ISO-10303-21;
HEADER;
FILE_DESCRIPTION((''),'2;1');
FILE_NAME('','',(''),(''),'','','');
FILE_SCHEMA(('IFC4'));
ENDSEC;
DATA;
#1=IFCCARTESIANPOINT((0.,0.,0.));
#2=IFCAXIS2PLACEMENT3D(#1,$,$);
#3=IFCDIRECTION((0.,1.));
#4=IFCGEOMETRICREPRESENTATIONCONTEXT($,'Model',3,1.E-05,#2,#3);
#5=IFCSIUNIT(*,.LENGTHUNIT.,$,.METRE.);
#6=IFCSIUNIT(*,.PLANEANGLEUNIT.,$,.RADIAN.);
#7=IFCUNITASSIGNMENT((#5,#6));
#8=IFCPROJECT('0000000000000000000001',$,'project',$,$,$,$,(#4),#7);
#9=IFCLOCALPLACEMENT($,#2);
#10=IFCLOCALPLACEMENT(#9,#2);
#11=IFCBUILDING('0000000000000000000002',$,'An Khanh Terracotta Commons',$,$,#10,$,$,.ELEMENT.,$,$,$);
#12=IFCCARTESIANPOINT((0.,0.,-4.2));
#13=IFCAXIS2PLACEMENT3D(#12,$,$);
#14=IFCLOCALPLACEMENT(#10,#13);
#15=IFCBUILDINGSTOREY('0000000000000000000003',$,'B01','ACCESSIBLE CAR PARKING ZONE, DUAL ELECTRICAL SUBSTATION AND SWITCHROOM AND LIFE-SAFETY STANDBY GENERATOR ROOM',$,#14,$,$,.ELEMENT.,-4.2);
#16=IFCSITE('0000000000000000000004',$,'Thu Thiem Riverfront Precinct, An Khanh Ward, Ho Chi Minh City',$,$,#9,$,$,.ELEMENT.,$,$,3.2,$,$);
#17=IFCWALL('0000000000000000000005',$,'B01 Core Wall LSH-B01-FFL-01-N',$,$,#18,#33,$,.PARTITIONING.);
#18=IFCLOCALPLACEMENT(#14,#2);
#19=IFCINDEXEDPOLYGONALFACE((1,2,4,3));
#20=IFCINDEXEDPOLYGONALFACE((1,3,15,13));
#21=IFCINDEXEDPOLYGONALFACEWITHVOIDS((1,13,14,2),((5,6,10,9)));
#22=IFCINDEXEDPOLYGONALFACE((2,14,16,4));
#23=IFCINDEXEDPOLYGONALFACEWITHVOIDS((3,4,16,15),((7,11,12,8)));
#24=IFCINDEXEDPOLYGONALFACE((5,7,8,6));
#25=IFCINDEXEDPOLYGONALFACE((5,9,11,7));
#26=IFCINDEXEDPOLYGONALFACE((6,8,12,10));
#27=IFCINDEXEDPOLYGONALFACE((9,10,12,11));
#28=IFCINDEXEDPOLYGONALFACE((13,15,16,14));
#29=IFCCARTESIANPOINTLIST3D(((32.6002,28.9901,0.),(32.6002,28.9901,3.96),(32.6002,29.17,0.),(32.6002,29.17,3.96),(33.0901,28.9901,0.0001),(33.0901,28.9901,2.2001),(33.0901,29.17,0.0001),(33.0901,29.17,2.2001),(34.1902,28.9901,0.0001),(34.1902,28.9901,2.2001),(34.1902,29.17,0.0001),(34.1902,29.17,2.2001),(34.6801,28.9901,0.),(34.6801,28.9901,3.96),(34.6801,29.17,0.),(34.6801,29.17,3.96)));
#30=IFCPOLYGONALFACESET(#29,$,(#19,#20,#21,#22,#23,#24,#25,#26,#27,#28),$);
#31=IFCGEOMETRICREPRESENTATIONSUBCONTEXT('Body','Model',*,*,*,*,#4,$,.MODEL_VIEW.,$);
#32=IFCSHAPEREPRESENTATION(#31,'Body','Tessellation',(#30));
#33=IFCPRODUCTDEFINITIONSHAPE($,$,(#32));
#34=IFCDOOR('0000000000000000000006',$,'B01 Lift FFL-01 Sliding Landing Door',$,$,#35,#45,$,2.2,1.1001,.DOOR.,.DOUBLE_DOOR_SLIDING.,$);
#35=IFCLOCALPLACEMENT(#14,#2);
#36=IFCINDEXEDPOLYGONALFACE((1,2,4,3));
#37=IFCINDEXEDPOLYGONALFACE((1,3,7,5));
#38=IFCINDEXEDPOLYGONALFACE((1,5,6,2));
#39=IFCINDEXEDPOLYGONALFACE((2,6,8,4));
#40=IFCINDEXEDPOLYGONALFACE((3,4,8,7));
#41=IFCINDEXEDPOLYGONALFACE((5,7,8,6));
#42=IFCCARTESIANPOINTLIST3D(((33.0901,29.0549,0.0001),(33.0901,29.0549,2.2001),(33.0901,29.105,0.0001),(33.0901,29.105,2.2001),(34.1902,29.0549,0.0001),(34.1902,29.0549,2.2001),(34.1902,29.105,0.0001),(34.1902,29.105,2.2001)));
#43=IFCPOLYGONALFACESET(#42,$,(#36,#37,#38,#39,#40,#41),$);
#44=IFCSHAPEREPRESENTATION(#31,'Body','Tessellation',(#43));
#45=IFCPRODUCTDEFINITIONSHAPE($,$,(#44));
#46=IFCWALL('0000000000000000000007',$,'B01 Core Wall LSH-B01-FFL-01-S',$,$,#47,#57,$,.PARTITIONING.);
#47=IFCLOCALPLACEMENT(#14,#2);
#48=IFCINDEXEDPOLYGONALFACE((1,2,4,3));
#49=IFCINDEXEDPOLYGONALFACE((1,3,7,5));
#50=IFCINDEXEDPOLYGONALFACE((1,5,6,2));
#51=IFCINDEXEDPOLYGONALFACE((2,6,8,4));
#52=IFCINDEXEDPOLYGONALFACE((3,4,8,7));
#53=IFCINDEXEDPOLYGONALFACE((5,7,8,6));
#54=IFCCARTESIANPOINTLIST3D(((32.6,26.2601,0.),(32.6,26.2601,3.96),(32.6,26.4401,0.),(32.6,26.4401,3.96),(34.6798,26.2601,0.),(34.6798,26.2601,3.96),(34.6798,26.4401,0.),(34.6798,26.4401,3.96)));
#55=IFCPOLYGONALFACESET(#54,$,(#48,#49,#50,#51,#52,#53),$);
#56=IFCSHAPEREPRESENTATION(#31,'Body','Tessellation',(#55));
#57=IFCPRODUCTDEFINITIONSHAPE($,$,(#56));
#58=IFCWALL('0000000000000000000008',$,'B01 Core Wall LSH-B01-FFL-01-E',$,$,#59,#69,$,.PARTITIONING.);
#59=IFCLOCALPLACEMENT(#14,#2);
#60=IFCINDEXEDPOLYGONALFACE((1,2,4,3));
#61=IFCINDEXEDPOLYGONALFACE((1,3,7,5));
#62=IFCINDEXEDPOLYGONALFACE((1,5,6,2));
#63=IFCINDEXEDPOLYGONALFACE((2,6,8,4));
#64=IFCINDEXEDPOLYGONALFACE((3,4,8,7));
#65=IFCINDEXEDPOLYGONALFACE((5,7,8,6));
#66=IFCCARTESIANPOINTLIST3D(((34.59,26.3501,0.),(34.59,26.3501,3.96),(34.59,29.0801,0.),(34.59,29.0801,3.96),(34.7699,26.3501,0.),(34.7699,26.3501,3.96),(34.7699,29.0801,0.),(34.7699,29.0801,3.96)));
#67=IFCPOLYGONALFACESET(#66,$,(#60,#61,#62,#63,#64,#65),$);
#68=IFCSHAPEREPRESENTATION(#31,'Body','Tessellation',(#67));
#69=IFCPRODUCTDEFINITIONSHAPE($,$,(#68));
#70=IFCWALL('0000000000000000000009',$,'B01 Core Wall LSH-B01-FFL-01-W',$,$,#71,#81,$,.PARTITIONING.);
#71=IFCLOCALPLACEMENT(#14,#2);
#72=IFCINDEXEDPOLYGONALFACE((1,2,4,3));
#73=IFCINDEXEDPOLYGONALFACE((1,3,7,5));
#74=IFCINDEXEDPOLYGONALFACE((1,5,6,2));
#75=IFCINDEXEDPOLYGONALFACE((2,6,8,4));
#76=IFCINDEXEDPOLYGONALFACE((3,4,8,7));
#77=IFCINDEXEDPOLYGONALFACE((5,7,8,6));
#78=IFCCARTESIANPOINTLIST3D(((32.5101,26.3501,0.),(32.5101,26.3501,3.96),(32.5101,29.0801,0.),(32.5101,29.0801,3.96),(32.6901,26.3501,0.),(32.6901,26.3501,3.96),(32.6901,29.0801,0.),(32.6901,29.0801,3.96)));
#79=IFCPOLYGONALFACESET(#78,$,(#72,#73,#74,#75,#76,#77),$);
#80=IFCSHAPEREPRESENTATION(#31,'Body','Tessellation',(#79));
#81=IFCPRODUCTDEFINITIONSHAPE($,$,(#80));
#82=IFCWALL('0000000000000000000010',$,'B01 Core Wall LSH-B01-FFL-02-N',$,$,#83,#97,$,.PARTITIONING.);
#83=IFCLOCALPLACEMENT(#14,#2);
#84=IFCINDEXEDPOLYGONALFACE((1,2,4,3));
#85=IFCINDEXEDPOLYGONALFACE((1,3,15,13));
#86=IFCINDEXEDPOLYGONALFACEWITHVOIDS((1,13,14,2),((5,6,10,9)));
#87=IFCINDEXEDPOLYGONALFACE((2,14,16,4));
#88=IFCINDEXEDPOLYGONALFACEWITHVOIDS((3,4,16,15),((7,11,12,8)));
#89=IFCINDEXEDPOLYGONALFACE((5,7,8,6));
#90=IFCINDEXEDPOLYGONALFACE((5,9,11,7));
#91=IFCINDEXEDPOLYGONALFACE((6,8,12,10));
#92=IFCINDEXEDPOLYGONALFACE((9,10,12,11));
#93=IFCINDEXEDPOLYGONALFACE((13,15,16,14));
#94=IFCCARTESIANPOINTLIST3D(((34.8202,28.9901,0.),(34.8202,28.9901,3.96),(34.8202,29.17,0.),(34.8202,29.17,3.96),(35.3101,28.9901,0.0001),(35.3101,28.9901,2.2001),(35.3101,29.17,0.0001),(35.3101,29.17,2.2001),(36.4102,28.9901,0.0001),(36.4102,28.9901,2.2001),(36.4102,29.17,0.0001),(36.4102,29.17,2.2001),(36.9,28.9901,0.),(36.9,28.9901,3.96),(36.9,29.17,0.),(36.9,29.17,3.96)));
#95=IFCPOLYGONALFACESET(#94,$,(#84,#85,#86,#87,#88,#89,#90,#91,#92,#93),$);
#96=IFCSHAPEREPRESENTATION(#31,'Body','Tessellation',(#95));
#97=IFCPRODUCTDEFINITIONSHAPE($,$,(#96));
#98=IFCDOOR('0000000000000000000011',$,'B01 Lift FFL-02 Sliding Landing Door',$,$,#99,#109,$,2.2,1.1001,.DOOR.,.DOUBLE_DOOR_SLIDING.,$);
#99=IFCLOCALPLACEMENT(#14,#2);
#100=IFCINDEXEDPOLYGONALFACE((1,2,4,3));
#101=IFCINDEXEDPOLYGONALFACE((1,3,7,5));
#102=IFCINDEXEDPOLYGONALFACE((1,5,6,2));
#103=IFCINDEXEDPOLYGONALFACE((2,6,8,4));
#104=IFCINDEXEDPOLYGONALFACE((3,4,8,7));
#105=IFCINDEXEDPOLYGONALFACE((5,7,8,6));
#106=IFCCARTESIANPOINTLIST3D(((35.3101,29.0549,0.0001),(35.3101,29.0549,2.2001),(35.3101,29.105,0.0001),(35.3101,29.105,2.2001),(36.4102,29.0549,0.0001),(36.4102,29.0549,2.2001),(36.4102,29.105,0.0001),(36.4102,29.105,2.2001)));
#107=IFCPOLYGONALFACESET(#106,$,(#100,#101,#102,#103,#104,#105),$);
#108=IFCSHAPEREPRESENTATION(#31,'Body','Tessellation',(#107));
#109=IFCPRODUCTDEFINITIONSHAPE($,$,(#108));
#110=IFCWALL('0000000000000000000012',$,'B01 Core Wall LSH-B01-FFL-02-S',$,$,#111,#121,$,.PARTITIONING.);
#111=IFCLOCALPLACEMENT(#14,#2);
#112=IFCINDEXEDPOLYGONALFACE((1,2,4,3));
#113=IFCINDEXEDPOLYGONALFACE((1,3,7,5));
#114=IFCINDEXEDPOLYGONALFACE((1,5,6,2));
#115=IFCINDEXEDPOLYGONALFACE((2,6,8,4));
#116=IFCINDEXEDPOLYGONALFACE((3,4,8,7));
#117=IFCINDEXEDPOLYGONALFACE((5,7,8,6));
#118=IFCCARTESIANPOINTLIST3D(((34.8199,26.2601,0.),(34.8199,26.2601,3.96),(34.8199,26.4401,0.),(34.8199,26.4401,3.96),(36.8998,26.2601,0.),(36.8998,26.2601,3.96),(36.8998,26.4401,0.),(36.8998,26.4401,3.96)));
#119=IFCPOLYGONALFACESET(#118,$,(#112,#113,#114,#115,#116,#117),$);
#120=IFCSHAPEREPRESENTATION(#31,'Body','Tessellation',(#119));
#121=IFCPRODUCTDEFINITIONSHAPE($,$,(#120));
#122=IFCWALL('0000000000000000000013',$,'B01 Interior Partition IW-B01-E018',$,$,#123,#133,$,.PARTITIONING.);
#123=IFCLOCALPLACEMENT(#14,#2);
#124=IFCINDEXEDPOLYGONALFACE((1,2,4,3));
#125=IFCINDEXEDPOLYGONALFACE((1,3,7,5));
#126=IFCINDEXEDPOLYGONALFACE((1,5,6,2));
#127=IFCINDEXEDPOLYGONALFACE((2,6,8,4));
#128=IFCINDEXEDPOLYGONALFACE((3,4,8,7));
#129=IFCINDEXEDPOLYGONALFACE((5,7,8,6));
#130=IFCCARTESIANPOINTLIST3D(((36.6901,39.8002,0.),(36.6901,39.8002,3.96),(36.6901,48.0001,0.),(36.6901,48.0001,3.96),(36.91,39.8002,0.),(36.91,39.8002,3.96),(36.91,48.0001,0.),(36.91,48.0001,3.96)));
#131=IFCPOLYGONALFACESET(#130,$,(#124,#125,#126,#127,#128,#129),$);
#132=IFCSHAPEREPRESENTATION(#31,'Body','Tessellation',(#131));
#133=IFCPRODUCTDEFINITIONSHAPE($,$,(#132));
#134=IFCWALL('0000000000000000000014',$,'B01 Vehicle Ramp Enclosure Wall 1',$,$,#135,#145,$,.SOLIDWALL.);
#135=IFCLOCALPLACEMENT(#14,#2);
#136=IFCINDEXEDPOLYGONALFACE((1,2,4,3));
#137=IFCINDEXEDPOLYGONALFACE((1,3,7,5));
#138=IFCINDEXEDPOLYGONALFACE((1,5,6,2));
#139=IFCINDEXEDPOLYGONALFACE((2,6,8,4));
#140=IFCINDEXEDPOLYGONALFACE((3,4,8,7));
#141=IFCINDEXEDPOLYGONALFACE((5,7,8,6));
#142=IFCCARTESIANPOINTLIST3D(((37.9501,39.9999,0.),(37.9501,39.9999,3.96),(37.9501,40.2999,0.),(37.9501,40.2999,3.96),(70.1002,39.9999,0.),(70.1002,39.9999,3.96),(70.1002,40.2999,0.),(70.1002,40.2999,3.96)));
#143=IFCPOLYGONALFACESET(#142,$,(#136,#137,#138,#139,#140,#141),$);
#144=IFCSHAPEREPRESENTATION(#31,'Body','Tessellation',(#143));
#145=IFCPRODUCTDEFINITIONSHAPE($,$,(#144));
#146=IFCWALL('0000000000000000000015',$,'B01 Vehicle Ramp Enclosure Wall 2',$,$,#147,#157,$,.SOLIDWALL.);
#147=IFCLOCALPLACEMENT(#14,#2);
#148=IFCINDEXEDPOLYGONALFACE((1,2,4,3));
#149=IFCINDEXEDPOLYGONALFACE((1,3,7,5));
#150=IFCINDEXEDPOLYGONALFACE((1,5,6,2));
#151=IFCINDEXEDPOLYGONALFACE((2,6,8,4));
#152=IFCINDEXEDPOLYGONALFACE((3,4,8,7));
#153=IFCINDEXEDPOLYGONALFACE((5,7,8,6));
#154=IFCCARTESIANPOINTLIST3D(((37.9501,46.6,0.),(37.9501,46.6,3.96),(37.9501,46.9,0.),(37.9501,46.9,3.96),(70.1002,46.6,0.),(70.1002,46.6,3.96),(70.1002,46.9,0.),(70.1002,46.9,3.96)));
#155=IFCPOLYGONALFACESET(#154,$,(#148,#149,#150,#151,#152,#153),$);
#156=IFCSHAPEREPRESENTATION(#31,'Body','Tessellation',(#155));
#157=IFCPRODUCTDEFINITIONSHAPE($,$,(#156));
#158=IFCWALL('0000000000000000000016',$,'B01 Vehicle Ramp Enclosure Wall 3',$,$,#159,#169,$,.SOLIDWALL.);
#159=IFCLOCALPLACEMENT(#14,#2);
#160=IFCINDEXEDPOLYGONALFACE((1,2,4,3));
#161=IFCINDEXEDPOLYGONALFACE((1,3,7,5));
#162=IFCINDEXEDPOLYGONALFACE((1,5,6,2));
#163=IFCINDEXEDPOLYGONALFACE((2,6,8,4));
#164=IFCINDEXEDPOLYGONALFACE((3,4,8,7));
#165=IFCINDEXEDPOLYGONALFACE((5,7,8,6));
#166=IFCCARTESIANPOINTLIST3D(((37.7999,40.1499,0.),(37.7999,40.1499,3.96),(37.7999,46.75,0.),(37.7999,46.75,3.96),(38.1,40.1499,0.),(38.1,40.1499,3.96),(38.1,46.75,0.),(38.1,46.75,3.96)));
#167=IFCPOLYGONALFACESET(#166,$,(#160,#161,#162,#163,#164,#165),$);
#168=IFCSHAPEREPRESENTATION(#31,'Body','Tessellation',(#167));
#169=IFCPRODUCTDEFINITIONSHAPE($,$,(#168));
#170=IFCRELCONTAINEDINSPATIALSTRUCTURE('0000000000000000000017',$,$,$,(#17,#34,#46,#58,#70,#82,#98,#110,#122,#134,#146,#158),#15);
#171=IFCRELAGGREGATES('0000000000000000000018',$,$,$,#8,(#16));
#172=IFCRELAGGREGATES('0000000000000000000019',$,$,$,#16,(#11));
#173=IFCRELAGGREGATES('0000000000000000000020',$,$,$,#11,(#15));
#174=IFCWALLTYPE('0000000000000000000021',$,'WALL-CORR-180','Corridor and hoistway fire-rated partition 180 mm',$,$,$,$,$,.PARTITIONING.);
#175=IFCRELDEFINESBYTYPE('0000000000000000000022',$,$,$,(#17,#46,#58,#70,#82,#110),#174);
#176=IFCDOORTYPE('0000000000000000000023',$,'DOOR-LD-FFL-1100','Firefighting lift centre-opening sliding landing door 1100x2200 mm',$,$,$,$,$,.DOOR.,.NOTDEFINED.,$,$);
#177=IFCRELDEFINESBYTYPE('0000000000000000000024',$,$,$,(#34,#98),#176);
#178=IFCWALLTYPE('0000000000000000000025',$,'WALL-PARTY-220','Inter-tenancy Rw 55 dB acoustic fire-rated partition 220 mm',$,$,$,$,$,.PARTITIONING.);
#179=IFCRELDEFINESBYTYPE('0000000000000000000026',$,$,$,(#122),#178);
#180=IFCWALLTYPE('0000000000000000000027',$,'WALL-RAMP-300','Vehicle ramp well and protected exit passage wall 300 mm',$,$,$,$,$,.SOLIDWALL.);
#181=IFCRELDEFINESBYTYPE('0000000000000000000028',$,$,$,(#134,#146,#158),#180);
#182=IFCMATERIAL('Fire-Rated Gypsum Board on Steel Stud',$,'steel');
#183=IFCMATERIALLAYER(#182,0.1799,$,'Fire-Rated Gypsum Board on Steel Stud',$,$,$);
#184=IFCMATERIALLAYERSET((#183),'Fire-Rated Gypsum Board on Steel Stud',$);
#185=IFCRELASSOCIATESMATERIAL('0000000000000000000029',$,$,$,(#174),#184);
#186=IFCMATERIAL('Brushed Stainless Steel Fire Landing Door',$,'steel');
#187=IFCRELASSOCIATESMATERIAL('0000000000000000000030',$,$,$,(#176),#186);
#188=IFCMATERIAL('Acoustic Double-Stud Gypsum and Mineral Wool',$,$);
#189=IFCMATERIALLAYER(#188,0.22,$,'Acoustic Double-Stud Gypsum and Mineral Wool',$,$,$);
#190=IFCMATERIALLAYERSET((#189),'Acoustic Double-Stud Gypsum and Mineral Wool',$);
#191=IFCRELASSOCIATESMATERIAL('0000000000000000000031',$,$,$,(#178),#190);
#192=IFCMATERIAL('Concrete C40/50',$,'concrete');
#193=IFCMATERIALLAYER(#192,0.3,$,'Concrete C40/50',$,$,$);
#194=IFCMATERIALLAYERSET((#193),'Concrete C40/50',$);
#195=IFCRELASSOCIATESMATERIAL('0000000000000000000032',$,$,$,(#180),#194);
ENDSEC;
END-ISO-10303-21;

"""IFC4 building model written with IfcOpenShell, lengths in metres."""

from ifc_helpers import new_model, si_unit, direction, frame, frame_2d, origin, place, context, subcontext, project, spatial, rectangle, extrude, material, layer, layer_set, type_object, element, fill, save


model = new_model("IFC4")

# Units and contexts
model_context = context("Model", 3, precision=1e-05, world=origin(), true_north=direction((0.0, 1.0)))
body_context = subcontext(model_context, "Body", "Model", "MODEL_VIEW")
ifc_project = project(units=[si_unit("LENGTHUNIT", "METRE"), si_unit("PLANEANGLEUNIT", "RADIAN")], contexts=[model_context])

# Site, building, storey
site_placement = place(None, origin())
site = spatial("IfcSite", under=ifc_project, at=site_placement, Name="Thu Thiem Riverfront Precinct, An Khanh Ward, Ho Chi Minh City", CompositionType="ELEMENT", RefElevation=3.2)
building_placement = place(site_placement, origin())
building = spatial("IfcBuilding", under=site, at=building_placement, Name="An Khanh Terracotta Commons", CompositionType="ELEMENT")
storey_placement = place(building_placement, frame((0.0, 0.0, -4.2)))
storey = spatial("IfcBuildingStorey", under=building, at=storey_placement, Name="B01", Description="ACCESSIBLE CAR PARKING ZONE, DUAL ELECTRICAL SUBSTATION AND SWITCHROOM AND LIFE-SAFETY STANDBY GENERATOR ROOM", CompositionType="ELEMENT", Elevation=-4.2)

# Shared definitions
ifc_material_1 = material(Name="Fire-Rated Gypsum Board on Steel Stud", Category="steel")
ifc_layer_1 = layer(ifc_material_1, 0.1799, Name="Fire-Rated Gypsum Board on Steel Stud")
ifc_layer_set_1 = layer_set([ifc_layer_1], Name="Fire-Rated Gypsum Board on Steel Stud")
wall_type_1 = type_object("IfcWallType", Name="WALL-CORR-180", Description="Corridor and hoistway fire-rated partition 180 mm", PredefinedType="PARTITIONING", material=ifc_layer_set_1)

# Wall, opening, door
wall_1_placement = place(storey_placement, frame((32.6001, 29.0801, 0.0), z_axis=(0.0, 0.0, 1.0), x_axis=(1.0, 0.0, 0.0)))
wall_1 = element("IfcWall", 1, at=wall_1_placement, inside=storey, type_object=wall_type_1, Name="B01 Core Wall LSH-B01-FFL-01-N", PredefinedType="PARTITIONING", context=body_context, shape_type="SweptSolid", body=[
    extrude(rectangle(XDim=2.0798, YDim=0.1799, at=frame_2d((1.04, 0.0))), origin(), (0.0, 0.0, 1.0), 3.96),
])
opening_1_placement = place(wall_1_placement, frame((0.49, 0.0, 0.0)))
opening_1 = element("IfcOpeningElement", 2, at=opening_1_placement, cuts=wall_1, PredefinedType="OPENING", context=body_context, shape_type="SweptSolid", body=[
    extrude(rectangle(XDim=1.1001, YDim=2.2, at=frame_2d((0.55, 1.1001))), frame((0.0, 0.0999, 0.0), z_axis=(0.0, -1.0, 0.0), x_axis=(1.0, 0.0, 0.0)), (0.0, 0.0, 1.0), 0.2),
])
ifc_material_2 = material(Name="Brushed Stainless Steel Fire Landing Door", Category="steel")
door_type_1 = type_object("IfcDoorType", Name="DOOR-LD-FFL-1100", Description="Firefighting lift centre-opening sliding landing door 1100x2200 mm", OperationType="NOTDEFINED", PredefinedType="DOOR", material=ifc_material_2)
door_1_placement = place(opening_1_placement, origin())
door_1 = element("IfcDoor", 3, at=door_1_placement, inside=storey, type_object=door_type_1, Name="B01 Lift FFL-01 Sliding Landing Door", OperationType="DOUBLE_DOOR_SLIDING", OverallHeight=2.2, OverallWidth=1.1001, PredefinedType="DOOR", context=body_context, shape_type="SweptSolid", body=[
    extrude(rectangle(XDim=1.1001, YDim=2.2, at=frame_2d((0.55, 1.1001))), frame((0.0, 0.0249, 0.0), z_axis=(0.0, -1.0, 0.0), x_axis=(1.0, 0.0, 0.0)), (0.0, 0.0, 1.0), 0.05),
])
fill(opening_1, door_1)

# Walls
wall_2_placement = place(storey_placement, frame((34.6799, 26.3501, 0.0), z_axis=(0.0, 0.0, 1.0), x_axis=(-1.0, 0.0, 0.0)))
element("IfcWall", 4, at=wall_2_placement, inside=storey, type_object=wall_type_1, Name="B01 Core Wall LSH-B01-FFL-01-S", PredefinedType="PARTITIONING", context=body_context, shape_type="SweptSolid", body=[
    extrude(rectangle(XDim=2.0798, YDim=0.1799, at=frame_2d((1.04, 0.0))), origin(), (0.0, 0.0, 1.0), 3.96),
])
for number, where, z_axis, x_axis, name in (
    (5, (34.6799, 26.3501, 0.0), (0.0, 0.0, 1.0), (0.0, 1.0, 0.0), "B01 Core Wall LSH-B01-FFL-01-E"),
    (6, (32.6001, 29.0801, 0.0), (0.0, 0.0, 1.0), (0.0, -1.0, 0.0), "B01 Core Wall LSH-B01-FFL-01-W"),
):
    element("IfcWall", number, at=place(storey_placement, frame(where, z_axis=z_axis, x_axis=x_axis)), inside=storey, type_object=wall_type_1, Name=name, PredefinedType="PARTITIONING", context=body_context, shape_type="SweptSolid", body=[
        extrude(rectangle(XDim=2.73, YDim=0.1799, at=frame_2d((1.365, 0.0))), origin(), (0.0, 0.0, 1.0), 3.96),
    ])

# Wall, opening, door
wall_3_placement = place(storey_placement, frame((34.8201, 29.0801, 0.0), z_axis=(0.0, 0.0, 1.0), x_axis=(1.0, 0.0, 0.0)))
wall_3 = element("IfcWall", 7, at=wall_3_placement, inside=storey, type_object=wall_type_1, Name="B01 Core Wall LSH-B01-FFL-02-N", PredefinedType="PARTITIONING", context=body_context, shape_type="SweptSolid", body=[
    extrude(rectangle(XDim=2.0798, YDim=0.1799, at=frame_2d((1.04, 0.0))), origin(), (0.0, 0.0, 1.0), 3.96),
])
opening_2_placement = place(wall_3_placement, frame((0.49, 0.0, 0.0)))
opening_2 = element("IfcOpeningElement", 8, at=opening_2_placement, cuts=wall_3, PredefinedType="OPENING", context=body_context, shape_type="SweptSolid", body=[
    extrude(rectangle(XDim=1.1001, YDim=2.2, at=frame_2d((0.55, 1.1001))), frame((0.0, 0.0999, 0.0), z_axis=(0.0, -1.0, 0.0), x_axis=(1.0, 0.0, 0.0)), (0.0, 0.0, 1.0), 0.2),
])
door_2_placement = place(opening_2_placement, origin())
door_2 = element("IfcDoor", 9, at=door_2_placement, inside=storey, type_object=door_type_1, Name="B01 Lift FFL-02 Sliding Landing Door", OperationType="DOUBLE_DOOR_SLIDING", OverallHeight=2.2, OverallWidth=1.1001, PredefinedType="DOOR", context=body_context, shape_type="SweptSolid", body=[
    extrude(rectangle(XDim=1.1001, YDim=2.2, at=frame_2d((0.55, 1.1001))), frame((0.0, 0.0249, 0.0), z_axis=(0.0, -1.0, 0.0), x_axis=(1.0, 0.0, 0.0)), (0.0, 0.0, 1.0), 0.05),
])
fill(opening_2, door_2)

# Walls
wall_4_placement = place(storey_placement, frame((36.8999, 26.3501, 0.0), z_axis=(0.0, 0.0, 1.0), x_axis=(-1.0, 0.0, 0.0)))
element("IfcWall", 10, at=wall_4_placement, inside=storey, type_object=wall_type_1, Name="B01 Core Wall LSH-B01-FFL-02-S", PredefinedType="PARTITIONING", context=body_context, shape_type="SweptSolid", body=[
    extrude(rectangle(XDim=2.0798, YDim=0.1799, at=frame_2d((1.04, 0.0))), origin(), (0.0, 0.0, 1.0), 3.96),
])
ifc_material_3 = material(Name="Acoustic Double-Stud Gypsum and Mineral Wool")
ifc_layer_2 = layer(ifc_material_3, 0.22, Name="Acoustic Double-Stud Gypsum and Mineral Wool")
ifc_layer_set_2 = layer_set([ifc_layer_2], Name="Acoustic Double-Stud Gypsum and Mineral Wool")
wall_type_2 = type_object("IfcWallType", Name="WALL-PARTY-220", Description="Inter-tenancy Rw 55 dB acoustic fire-rated partition 220 mm", PredefinedType="PARTITIONING", material=ifc_layer_set_2)
wall_5_placement = place(storey_placement, frame((36.8, 39.8, 0.0), z_axis=(0.0, 0.0, 1.0), x_axis=(0.0, 1.0, 0.0)))
element("IfcWall", 11, at=wall_5_placement, inside=storey, type_object=wall_type_2, Name="B01 Interior Partition IW-B01-E018", PredefinedType="PARTITIONING", context=body_context, shape_type="SweptSolid", body=[
    extrude(rectangle(XDim=8.2, YDim=0.22, at=frame_2d((4.1001, 0.0))), origin(), (0.0, 0.0, 1.0), 3.96),
])
ifc_material_4 = material(Name="Concrete C40/50", Category="concrete")
ifc_layer_3 = layer(ifc_material_4, 0.3, Name="Concrete C40/50")
ifc_layer_set_3 = layer_set([ifc_layer_3], Name="Concrete C40/50")
wall_type_3 = type_object("IfcWallType", Name="WALL-RAMP-300", Description="Vehicle ramp well and protected exit passage wall 300 mm", PredefinedType="SOLIDWALL", material=ifc_layer_set_3)
for number, where, z_axis, x_axis, name in (
    (12, (37.95, 40.1499, 0.0), (0.0, 0.0, 1.0), (1.0, 0.0, 0.0), "B01 Vehicle Ramp Enclosure Wall 1"),
    (13, (37.95, 46.75, 0.0), (0.0, 0.0, 1.0), (1.0, 0.0, 0.0), "B01 Vehicle Ramp Enclosure Wall 2"),
):
    element("IfcWall", number, at=place(storey_placement, frame(where, z_axis=z_axis, x_axis=x_axis)), inside=storey, type_object=wall_type_3, Name=name, PredefinedType="SOLIDWALL", context=body_context, shape_type="SweptSolid", body=[
        extrude(rectangle(XDim=32.1501, YDim=0.3, at=frame_2d((16.0752, 0.0))), origin(), (0.0, 0.0, 1.0), 3.96),
    ])
wall_6_placement = place(storey_placement, frame((37.95, 40.1499, 0.0), z_axis=(0.0, 0.0, 1.0), x_axis=(0.0, 1.0, 0.0)))
element("IfcWall", 14, at=wall_6_placement, inside=storey, type_object=wall_type_3, Name="B01 Vehicle Ramp Enclosure Wall 3", PredefinedType="SOLIDWALL", context=body_context, shape_type="SweptSolid", body=[
    extrude(rectangle(XDim=6.6001, YDim=0.3, at=frame_2d((3.3, 0.0))), origin(), (0.0, 0.0, 1.0), 3.96),
])

save(model, "model.ifc")
